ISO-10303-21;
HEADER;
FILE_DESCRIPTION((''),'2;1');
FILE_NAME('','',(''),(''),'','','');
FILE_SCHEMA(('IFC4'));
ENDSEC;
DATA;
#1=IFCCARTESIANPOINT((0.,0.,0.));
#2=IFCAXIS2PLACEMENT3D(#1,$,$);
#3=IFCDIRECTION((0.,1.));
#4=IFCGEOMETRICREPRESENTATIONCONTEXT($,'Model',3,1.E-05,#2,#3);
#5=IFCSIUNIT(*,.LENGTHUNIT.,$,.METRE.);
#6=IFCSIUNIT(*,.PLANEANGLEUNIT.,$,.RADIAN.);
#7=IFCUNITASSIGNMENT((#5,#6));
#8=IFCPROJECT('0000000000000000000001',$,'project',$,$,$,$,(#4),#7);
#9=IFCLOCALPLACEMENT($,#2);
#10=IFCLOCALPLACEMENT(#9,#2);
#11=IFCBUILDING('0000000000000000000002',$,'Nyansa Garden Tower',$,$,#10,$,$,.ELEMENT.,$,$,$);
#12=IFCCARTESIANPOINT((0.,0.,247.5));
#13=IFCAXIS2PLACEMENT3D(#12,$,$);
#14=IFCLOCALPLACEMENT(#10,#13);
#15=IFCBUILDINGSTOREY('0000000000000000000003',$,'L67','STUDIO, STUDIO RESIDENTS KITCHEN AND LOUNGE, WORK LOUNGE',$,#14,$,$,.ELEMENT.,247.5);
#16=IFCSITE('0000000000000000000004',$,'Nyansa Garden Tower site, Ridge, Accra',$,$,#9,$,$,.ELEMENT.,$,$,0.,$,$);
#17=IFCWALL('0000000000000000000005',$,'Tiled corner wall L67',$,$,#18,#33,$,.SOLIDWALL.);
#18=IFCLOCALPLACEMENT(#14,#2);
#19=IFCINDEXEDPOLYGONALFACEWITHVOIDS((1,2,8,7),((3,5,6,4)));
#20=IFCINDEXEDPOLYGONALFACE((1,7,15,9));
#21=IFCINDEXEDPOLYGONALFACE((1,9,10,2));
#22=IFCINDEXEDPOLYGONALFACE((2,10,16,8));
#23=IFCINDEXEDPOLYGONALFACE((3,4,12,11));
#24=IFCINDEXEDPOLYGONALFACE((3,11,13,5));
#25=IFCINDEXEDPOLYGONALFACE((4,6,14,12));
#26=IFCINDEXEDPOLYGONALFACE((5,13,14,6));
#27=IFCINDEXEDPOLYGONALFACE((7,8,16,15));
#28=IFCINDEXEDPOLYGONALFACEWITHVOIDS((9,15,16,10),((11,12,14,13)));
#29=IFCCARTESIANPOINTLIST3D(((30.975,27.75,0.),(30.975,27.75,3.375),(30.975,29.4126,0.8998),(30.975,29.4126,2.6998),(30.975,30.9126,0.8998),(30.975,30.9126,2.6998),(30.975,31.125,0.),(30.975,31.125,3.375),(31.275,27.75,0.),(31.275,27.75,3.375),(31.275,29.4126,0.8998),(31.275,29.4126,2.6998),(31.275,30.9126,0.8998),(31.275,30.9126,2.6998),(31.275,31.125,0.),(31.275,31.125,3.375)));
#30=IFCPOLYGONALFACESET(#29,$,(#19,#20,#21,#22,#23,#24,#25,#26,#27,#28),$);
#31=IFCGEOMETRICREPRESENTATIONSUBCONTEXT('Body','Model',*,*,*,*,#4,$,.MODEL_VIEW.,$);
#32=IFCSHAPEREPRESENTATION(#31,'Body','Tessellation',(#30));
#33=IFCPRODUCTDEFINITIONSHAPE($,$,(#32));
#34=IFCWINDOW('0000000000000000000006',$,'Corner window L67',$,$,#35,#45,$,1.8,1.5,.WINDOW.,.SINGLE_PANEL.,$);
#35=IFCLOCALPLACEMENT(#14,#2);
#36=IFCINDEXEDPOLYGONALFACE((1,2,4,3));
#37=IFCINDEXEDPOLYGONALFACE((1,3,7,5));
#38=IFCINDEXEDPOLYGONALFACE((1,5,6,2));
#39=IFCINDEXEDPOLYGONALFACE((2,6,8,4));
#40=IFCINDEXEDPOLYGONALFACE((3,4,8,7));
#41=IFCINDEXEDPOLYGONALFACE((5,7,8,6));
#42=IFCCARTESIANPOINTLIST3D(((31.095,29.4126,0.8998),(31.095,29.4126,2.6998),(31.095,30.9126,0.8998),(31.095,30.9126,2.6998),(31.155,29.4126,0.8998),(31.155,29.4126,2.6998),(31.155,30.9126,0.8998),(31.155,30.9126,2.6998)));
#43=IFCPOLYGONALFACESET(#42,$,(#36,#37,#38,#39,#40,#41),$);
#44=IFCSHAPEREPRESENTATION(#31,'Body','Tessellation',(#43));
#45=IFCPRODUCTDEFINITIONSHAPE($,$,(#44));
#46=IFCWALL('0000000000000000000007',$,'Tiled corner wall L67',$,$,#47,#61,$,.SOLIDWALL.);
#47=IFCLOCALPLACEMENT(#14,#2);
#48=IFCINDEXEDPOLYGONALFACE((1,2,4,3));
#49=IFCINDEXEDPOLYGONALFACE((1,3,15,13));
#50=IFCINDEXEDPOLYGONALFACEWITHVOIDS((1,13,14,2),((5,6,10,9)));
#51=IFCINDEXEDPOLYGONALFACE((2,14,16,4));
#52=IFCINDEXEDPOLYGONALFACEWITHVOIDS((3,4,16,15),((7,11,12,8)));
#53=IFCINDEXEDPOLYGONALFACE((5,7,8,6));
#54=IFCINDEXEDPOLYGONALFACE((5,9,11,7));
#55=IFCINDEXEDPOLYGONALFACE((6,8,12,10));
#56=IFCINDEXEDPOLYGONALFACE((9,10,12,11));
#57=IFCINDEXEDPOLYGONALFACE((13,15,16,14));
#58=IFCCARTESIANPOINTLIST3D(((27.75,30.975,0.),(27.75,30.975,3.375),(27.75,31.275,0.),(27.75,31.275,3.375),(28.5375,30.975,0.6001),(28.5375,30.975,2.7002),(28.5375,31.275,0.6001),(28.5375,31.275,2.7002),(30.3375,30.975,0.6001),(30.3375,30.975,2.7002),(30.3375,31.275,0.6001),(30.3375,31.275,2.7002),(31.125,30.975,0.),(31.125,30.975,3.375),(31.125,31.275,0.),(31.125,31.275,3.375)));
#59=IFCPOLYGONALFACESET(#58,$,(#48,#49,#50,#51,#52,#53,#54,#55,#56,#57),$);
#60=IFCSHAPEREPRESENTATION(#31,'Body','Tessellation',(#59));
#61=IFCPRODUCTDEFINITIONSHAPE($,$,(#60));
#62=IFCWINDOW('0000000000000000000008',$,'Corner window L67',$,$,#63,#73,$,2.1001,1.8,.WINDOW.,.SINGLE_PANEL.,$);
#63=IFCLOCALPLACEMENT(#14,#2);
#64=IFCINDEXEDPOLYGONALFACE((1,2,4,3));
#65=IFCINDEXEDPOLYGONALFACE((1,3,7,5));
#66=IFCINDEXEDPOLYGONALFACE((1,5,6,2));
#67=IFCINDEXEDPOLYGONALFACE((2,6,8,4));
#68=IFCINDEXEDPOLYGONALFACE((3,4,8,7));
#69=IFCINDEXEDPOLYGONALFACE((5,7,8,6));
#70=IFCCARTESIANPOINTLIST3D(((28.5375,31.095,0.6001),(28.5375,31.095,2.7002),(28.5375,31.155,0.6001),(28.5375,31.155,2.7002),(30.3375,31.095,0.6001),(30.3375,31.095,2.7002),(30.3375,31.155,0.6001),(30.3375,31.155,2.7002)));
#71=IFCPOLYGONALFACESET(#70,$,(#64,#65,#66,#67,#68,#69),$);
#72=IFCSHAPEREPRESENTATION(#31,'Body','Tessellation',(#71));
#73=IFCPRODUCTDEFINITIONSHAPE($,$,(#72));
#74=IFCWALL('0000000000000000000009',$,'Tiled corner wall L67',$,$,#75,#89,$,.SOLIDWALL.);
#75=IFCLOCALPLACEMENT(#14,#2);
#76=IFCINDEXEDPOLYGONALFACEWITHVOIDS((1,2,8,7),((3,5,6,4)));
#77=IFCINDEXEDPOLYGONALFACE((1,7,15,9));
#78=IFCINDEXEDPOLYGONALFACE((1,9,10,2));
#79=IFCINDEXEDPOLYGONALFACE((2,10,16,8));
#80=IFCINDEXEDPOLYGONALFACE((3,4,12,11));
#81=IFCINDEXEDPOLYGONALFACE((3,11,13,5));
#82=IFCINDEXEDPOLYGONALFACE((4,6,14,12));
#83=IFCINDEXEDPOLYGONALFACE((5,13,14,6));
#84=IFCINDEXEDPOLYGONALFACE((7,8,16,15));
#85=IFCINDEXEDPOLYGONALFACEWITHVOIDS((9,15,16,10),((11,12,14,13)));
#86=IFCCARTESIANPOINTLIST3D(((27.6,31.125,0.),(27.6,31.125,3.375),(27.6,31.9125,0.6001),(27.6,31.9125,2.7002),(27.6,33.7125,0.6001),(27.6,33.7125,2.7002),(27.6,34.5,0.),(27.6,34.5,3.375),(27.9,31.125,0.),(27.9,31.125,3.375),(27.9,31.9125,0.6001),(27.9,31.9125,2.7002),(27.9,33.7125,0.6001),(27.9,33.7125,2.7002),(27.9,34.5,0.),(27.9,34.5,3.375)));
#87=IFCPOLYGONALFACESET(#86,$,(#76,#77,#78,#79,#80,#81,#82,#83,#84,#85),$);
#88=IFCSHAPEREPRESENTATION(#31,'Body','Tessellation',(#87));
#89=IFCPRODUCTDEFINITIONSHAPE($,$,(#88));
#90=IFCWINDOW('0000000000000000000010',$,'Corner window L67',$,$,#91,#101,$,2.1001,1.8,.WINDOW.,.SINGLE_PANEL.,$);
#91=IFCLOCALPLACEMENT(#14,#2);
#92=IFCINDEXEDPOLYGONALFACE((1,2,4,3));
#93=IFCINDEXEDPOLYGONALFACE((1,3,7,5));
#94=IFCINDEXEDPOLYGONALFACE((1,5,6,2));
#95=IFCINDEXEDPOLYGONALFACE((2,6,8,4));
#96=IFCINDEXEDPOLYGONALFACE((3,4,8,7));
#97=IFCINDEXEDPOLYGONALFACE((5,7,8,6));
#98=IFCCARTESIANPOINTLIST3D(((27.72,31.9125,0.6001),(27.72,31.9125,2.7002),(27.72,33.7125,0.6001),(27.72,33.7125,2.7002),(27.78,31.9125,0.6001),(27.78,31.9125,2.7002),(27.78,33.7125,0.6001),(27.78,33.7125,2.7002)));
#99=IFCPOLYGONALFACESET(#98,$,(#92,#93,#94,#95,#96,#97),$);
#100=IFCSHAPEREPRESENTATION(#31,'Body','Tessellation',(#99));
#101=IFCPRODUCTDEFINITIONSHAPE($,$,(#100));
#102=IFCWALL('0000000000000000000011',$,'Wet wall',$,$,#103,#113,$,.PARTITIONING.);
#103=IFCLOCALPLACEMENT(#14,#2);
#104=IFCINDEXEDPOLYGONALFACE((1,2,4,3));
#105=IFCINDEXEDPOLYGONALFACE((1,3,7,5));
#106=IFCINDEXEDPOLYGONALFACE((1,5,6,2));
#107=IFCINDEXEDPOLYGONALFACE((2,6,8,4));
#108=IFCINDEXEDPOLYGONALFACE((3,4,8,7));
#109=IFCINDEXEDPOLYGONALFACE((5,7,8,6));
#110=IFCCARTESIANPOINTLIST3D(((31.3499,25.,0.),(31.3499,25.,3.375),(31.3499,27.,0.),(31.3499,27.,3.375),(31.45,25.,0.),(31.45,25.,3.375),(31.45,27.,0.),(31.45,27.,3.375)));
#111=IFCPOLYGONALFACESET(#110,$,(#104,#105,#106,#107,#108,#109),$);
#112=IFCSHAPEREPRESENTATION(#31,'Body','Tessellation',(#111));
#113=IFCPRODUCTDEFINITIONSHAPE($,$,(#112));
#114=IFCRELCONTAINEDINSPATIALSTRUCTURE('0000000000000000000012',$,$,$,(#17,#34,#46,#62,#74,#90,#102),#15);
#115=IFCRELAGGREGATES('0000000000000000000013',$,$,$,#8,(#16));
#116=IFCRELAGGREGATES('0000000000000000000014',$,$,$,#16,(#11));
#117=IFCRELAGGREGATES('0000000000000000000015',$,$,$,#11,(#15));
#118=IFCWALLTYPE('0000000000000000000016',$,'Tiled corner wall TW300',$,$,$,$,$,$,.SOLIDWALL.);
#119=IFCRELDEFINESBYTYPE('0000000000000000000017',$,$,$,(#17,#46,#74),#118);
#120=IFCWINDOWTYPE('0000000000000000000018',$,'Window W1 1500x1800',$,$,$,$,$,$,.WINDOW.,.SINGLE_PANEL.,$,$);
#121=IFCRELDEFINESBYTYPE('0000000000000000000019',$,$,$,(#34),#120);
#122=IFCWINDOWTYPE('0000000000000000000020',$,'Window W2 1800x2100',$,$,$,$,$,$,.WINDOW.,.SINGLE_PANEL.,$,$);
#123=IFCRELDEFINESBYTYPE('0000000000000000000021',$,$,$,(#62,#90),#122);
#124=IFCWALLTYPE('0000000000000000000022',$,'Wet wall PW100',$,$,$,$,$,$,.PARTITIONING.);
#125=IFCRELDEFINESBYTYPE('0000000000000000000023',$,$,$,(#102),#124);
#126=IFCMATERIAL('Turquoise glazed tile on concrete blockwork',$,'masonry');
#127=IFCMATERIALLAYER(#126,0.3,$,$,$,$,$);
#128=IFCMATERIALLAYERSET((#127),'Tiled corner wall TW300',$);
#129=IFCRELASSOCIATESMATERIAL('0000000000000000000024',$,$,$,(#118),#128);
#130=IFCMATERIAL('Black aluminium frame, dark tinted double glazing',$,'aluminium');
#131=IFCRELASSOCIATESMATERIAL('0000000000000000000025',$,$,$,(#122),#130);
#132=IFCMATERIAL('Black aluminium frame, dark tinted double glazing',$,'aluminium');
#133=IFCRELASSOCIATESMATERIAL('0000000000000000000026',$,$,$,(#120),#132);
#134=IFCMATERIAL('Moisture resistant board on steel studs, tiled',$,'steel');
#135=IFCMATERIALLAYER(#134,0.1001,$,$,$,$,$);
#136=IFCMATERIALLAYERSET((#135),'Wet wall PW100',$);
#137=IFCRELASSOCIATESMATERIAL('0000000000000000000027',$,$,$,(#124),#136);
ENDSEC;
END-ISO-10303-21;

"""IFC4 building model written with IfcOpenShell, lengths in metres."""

from ifc_helpers import new_model, si_unit, direction, frame, frame_2d, origin, place, context, subcontext, project, spatial, rectangle, extrude, material, layer, layer_set, type_object, element, fill, save


model = new_model("IFC4")

# Units and contexts
model_context = context("Model", 3, precision=1e-05, world=origin(), true_north=direction((0.0, 1.0)))
body_context = subcontext(model_context, "Body", "Model", "MODEL_VIEW")
ifc_project = project(units=[si_unit("LENGTHUNIT", "METRE"), si_unit("PLANEANGLEUNIT", "RADIAN")], contexts=[model_context])

# Site, building, storey
site_placement = place(None, origin())
site = spatial("IfcSite", under=ifc_project, at=site_placement, Name="Nyansa Garden Tower site, Ridge, Accra", CompositionType="ELEMENT", RefElevation=0.0)
building_placement = place(site_placement, origin())
building = spatial("IfcBuilding", under=site, at=building_placement, Name="Nyansa Garden Tower", CompositionType="ELEMENT")
storey_placement = place(building_placement, frame((0.0, 0.0, 247.5)))
storey = spatial("IfcBuildingStorey", under=building, at=storey_placement, Name="L67", Description="STUDIO, STUDIO RESIDENTS KITCHEN AND LOUNGE, WORK LOUNGE", CompositionType="ELEMENT", Elevation=247.5)

# Walls, openings, windows
ifc_material_1 = material(Name="Turquoise glazed tile on concrete blockwork", Category="masonry")
ifc_layer_1 = layer(ifc_material_1, 0.3)
ifc_layer_set_1 = layer_set([ifc_layer_1], Name="Tiled corner wall TW300")
wall_type_1 = type_object("IfcWallType", Name="Tiled corner wall TW300", PredefinedType="SOLIDWALL", material=ifc_layer_set_1)
ifc_material_2 = material(Name="Black aluminium frame, dark tinted double glazing", Category="aluminium")
window_type_1 = type_object("IfcWindowType", Name="Window W2 1800x2100", PartitioningType="SINGLE_PANEL", PredefinedType="WINDOW", material=ifc_material_2)
wall_1_placement = place(storey_placement, frame((31.125, 27.75, 0.0), z_axis=(0.0, 0.0, 1.0), x_axis=(0.0, 1.0, 0.0)))
wall_1 = element("IfcWall", 1, at=wall_1_placement, inside=storey, type_object=wall_type_1, Name="Tiled corner wall L67", PredefinedType="SOLIDWALL", context=body_context, shape_type="SweptSolid", body=[
    extrude(rectangle(XDim=3.375, YDim=0.3, at=frame_2d((1.6875, 0.0))), origin(), (0.0, 0.0, 1.0), 3.375),
])
opening_1_placement = place(wall_1_placement, frame((1.6626, 0.0, 0.8999)))
opening_1 = element("IfcOpeningElement", 2, at=opening_1_placement, cuts=wall_1, PredefinedType="OPENING", context=body_context, shape_type="SweptSolid", body=[
    extrude(rectangle(XDim=1.5, YDim=1.8, at=frame_2d((0.75, 0.8999))), frame((0.0, 0.1599, 0.0), z_axis=(0.0, -1.0, 0.0), x_axis=(1.0, 0.0, 0.0)), (0.0, 0.0, 1.0), 0.3201),
])
ifc_material_3 = material(Name="Black aluminium frame, dark tinted double glazing", Category="aluminium")
window_type_2 = type_object("IfcWindowType", Name="Window W1 1500x1800", PartitioningType="SINGLE_PANEL", PredefinedType="WINDOW", material=ifc_material_3)
window_1_placement = place(opening_1_placement, origin())
window_1 = element("IfcWindow", 3, at=window_1_placement, inside=storey, type_object=window_type_2, Name="Corner window L67", OverallHeight=1.8, OverallWidth=1.5, PartitioningType="SINGLE_PANEL", PredefinedType="WINDOW", context=body_context, shape_type="SweptSolid", body=[
    extrude(rectangle(XDim=1.5, YDim=1.8, at=frame_2d((0.75, 0.8999))), frame((0.0, 0.03, 0.0), z_axis=(0.0, -1.0, 0.0), x_axis=(1.0, 0.0, 0.0)), (0.0, 0.0, 1.0), 0.0601),
])
fill(opening_1, window_1)
wall_2_placement = place(storey_placement, frame((31.125, 31.125, 0.0), z_axis=(0.0, 0.0, 1.0), x_axis=(-1.0, 0.0, 0.0)))
wall_2 = element("IfcWall", 4, at=wall_2_placement, inside=storey, type_object=wall_type_1, Name="Tiled corner wall L67", PredefinedType="SOLIDWALL", context=body_context, shape_type="SweptSolid", body=[
    extrude(rectangle(XDim=3.375, YDim=0.3, at=frame_2d((1.6875, 0.0))), origin(), (0.0, 0.0, 1.0), 3.375),
])
opening_2_placement = place(wall_2_placement, frame((0.7876, 0.0, 0.6001)))
opening_2 = element("IfcOpeningElement", 5, at=opening_2_placement, cuts=wall_2, PredefinedType="OPENING", context=body_context, shape_type="SweptSolid", body=[
    extrude(rectangle(XDim=1.8, YDim=2.1001, at=frame_2d((0.8999, 1.05))), frame((0.0, 0.1599, 0.0), z_axis=(0.0, -1.0, 0.0), x_axis=(1.0, 0.0, 0.0)), (0.0, 0.0, 1.0), 0.3201),
])
window_2_placement = place(opening_2_placement, origin())
window_2 = element("IfcWindow", 6, at=window_2_placement, inside=storey, type_object=window_type_1, Name="Corner window L67", OverallHeight=2.1001, OverallWidth=1.8, PartitioningType="SINGLE_PANEL", PredefinedType="WINDOW", context=body_context, shape_type="SweptSolid", body=[
    extrude(rectangle(XDim=1.8, YDim=2.1001, at=frame_2d((0.8999, 1.05))), frame((0.0, 0.03, 0.0), z_axis=(0.0, -1.0, 0.0), x_axis=(1.0, 0.0, 0.0)), (0.0, 0.0, 1.0), 0.0601),
])
fill(opening_2, window_2)
wall_3_placement = place(storey_placement, frame((27.75, 31.125, 0.0), z_axis=(0.0, 0.0, 1.0), x_axis=(0.0, 1.0, 0.0)))
wall_3 = element("IfcWall", 7, at=wall_3_placement, inside=storey, type_object=wall_type_1, Name="Tiled corner wall L67", PredefinedType="SOLIDWALL", context=body_context, shape_type="SweptSolid", body=[
    extrude(rectangle(XDim=3.375, YDim=0.3, at=frame_2d((1.6875, 0.0))), origin(), (0.0, 0.0, 1.0), 3.375),
])
opening_3_placement = place(wall_3_placement, frame((0.7876, 0.0, 0.6001)))
opening_3 = element("IfcOpeningElement", 8, at=opening_3_placement, cuts=wall_3, PredefinedType="OPENING", context=body_context, shape_type="SweptSolid", body=[
    extrude(rectangle(XDim=1.8, YDim=2.1001, at=frame_2d((0.8999, 1.05))), frame((0.0, 0.1599, 0.0), z_axis=(0.0, -1.0, 0.0), x_axis=(1.0, 0.0, 0.0)), (0.0, 0.0, 1.0), 0.3201),
])
window_3_placement = place(opening_3_placement, origin())
window_3 = element("IfcWindow", 9, at=window_3_placement, inside=storey, type_object=window_type_1, Name="Corner window L67", OverallHeight=2.1001, OverallWidth=1.8, PartitioningType="SINGLE_PANEL", PredefinedType="WINDOW", context=body_context, shape_type="SweptSolid", body=[
    extrude(rectangle(XDim=1.8, YDim=2.1001, at=frame_2d((0.8999, 1.05))), frame((0.0, 0.03, 0.0), z_axis=(0.0, -1.0, 0.0), x_axis=(1.0, 0.0, 0.0)), (0.0, 0.0, 1.0), 0.0601),
])
fill(opening_3, window_3)

# Wall
ifc_material_4 = material(Name="Moisture resistant board on steel studs, tiled", Category="steel")
ifc_layer_2 = layer(ifc_material_4, 0.1001)
ifc_layer_set_2 = layer_set([ifc_layer_2], Name="Wet wall PW100")
wall_type_2 = type_object("IfcWallType", Name="Wet wall PW100", PredefinedType="PARTITIONING", material=ifc_layer_set_2)
wall_4_placement = place(storey_placement, frame((31.3999, 25.0, 0.0), z_axis=(0.0, 0.0, 1.0), x_axis=(0.0, 1.0, 0.0)))
element("IfcWall", 10, at=wall_4_placement, inside=storey, type_object=wall_type_2, Name="Wet wall", PredefinedType="PARTITIONING", context=body_context, shape_type="SweptSolid", body=[
    extrude(rectangle(XDim=2.0, YDim=0.1001, at=frame_2d((1.0, 0.0))), origin(), (0.0, 0.0, 1.0), 3.375),
])

save(model, "model.ifc")
